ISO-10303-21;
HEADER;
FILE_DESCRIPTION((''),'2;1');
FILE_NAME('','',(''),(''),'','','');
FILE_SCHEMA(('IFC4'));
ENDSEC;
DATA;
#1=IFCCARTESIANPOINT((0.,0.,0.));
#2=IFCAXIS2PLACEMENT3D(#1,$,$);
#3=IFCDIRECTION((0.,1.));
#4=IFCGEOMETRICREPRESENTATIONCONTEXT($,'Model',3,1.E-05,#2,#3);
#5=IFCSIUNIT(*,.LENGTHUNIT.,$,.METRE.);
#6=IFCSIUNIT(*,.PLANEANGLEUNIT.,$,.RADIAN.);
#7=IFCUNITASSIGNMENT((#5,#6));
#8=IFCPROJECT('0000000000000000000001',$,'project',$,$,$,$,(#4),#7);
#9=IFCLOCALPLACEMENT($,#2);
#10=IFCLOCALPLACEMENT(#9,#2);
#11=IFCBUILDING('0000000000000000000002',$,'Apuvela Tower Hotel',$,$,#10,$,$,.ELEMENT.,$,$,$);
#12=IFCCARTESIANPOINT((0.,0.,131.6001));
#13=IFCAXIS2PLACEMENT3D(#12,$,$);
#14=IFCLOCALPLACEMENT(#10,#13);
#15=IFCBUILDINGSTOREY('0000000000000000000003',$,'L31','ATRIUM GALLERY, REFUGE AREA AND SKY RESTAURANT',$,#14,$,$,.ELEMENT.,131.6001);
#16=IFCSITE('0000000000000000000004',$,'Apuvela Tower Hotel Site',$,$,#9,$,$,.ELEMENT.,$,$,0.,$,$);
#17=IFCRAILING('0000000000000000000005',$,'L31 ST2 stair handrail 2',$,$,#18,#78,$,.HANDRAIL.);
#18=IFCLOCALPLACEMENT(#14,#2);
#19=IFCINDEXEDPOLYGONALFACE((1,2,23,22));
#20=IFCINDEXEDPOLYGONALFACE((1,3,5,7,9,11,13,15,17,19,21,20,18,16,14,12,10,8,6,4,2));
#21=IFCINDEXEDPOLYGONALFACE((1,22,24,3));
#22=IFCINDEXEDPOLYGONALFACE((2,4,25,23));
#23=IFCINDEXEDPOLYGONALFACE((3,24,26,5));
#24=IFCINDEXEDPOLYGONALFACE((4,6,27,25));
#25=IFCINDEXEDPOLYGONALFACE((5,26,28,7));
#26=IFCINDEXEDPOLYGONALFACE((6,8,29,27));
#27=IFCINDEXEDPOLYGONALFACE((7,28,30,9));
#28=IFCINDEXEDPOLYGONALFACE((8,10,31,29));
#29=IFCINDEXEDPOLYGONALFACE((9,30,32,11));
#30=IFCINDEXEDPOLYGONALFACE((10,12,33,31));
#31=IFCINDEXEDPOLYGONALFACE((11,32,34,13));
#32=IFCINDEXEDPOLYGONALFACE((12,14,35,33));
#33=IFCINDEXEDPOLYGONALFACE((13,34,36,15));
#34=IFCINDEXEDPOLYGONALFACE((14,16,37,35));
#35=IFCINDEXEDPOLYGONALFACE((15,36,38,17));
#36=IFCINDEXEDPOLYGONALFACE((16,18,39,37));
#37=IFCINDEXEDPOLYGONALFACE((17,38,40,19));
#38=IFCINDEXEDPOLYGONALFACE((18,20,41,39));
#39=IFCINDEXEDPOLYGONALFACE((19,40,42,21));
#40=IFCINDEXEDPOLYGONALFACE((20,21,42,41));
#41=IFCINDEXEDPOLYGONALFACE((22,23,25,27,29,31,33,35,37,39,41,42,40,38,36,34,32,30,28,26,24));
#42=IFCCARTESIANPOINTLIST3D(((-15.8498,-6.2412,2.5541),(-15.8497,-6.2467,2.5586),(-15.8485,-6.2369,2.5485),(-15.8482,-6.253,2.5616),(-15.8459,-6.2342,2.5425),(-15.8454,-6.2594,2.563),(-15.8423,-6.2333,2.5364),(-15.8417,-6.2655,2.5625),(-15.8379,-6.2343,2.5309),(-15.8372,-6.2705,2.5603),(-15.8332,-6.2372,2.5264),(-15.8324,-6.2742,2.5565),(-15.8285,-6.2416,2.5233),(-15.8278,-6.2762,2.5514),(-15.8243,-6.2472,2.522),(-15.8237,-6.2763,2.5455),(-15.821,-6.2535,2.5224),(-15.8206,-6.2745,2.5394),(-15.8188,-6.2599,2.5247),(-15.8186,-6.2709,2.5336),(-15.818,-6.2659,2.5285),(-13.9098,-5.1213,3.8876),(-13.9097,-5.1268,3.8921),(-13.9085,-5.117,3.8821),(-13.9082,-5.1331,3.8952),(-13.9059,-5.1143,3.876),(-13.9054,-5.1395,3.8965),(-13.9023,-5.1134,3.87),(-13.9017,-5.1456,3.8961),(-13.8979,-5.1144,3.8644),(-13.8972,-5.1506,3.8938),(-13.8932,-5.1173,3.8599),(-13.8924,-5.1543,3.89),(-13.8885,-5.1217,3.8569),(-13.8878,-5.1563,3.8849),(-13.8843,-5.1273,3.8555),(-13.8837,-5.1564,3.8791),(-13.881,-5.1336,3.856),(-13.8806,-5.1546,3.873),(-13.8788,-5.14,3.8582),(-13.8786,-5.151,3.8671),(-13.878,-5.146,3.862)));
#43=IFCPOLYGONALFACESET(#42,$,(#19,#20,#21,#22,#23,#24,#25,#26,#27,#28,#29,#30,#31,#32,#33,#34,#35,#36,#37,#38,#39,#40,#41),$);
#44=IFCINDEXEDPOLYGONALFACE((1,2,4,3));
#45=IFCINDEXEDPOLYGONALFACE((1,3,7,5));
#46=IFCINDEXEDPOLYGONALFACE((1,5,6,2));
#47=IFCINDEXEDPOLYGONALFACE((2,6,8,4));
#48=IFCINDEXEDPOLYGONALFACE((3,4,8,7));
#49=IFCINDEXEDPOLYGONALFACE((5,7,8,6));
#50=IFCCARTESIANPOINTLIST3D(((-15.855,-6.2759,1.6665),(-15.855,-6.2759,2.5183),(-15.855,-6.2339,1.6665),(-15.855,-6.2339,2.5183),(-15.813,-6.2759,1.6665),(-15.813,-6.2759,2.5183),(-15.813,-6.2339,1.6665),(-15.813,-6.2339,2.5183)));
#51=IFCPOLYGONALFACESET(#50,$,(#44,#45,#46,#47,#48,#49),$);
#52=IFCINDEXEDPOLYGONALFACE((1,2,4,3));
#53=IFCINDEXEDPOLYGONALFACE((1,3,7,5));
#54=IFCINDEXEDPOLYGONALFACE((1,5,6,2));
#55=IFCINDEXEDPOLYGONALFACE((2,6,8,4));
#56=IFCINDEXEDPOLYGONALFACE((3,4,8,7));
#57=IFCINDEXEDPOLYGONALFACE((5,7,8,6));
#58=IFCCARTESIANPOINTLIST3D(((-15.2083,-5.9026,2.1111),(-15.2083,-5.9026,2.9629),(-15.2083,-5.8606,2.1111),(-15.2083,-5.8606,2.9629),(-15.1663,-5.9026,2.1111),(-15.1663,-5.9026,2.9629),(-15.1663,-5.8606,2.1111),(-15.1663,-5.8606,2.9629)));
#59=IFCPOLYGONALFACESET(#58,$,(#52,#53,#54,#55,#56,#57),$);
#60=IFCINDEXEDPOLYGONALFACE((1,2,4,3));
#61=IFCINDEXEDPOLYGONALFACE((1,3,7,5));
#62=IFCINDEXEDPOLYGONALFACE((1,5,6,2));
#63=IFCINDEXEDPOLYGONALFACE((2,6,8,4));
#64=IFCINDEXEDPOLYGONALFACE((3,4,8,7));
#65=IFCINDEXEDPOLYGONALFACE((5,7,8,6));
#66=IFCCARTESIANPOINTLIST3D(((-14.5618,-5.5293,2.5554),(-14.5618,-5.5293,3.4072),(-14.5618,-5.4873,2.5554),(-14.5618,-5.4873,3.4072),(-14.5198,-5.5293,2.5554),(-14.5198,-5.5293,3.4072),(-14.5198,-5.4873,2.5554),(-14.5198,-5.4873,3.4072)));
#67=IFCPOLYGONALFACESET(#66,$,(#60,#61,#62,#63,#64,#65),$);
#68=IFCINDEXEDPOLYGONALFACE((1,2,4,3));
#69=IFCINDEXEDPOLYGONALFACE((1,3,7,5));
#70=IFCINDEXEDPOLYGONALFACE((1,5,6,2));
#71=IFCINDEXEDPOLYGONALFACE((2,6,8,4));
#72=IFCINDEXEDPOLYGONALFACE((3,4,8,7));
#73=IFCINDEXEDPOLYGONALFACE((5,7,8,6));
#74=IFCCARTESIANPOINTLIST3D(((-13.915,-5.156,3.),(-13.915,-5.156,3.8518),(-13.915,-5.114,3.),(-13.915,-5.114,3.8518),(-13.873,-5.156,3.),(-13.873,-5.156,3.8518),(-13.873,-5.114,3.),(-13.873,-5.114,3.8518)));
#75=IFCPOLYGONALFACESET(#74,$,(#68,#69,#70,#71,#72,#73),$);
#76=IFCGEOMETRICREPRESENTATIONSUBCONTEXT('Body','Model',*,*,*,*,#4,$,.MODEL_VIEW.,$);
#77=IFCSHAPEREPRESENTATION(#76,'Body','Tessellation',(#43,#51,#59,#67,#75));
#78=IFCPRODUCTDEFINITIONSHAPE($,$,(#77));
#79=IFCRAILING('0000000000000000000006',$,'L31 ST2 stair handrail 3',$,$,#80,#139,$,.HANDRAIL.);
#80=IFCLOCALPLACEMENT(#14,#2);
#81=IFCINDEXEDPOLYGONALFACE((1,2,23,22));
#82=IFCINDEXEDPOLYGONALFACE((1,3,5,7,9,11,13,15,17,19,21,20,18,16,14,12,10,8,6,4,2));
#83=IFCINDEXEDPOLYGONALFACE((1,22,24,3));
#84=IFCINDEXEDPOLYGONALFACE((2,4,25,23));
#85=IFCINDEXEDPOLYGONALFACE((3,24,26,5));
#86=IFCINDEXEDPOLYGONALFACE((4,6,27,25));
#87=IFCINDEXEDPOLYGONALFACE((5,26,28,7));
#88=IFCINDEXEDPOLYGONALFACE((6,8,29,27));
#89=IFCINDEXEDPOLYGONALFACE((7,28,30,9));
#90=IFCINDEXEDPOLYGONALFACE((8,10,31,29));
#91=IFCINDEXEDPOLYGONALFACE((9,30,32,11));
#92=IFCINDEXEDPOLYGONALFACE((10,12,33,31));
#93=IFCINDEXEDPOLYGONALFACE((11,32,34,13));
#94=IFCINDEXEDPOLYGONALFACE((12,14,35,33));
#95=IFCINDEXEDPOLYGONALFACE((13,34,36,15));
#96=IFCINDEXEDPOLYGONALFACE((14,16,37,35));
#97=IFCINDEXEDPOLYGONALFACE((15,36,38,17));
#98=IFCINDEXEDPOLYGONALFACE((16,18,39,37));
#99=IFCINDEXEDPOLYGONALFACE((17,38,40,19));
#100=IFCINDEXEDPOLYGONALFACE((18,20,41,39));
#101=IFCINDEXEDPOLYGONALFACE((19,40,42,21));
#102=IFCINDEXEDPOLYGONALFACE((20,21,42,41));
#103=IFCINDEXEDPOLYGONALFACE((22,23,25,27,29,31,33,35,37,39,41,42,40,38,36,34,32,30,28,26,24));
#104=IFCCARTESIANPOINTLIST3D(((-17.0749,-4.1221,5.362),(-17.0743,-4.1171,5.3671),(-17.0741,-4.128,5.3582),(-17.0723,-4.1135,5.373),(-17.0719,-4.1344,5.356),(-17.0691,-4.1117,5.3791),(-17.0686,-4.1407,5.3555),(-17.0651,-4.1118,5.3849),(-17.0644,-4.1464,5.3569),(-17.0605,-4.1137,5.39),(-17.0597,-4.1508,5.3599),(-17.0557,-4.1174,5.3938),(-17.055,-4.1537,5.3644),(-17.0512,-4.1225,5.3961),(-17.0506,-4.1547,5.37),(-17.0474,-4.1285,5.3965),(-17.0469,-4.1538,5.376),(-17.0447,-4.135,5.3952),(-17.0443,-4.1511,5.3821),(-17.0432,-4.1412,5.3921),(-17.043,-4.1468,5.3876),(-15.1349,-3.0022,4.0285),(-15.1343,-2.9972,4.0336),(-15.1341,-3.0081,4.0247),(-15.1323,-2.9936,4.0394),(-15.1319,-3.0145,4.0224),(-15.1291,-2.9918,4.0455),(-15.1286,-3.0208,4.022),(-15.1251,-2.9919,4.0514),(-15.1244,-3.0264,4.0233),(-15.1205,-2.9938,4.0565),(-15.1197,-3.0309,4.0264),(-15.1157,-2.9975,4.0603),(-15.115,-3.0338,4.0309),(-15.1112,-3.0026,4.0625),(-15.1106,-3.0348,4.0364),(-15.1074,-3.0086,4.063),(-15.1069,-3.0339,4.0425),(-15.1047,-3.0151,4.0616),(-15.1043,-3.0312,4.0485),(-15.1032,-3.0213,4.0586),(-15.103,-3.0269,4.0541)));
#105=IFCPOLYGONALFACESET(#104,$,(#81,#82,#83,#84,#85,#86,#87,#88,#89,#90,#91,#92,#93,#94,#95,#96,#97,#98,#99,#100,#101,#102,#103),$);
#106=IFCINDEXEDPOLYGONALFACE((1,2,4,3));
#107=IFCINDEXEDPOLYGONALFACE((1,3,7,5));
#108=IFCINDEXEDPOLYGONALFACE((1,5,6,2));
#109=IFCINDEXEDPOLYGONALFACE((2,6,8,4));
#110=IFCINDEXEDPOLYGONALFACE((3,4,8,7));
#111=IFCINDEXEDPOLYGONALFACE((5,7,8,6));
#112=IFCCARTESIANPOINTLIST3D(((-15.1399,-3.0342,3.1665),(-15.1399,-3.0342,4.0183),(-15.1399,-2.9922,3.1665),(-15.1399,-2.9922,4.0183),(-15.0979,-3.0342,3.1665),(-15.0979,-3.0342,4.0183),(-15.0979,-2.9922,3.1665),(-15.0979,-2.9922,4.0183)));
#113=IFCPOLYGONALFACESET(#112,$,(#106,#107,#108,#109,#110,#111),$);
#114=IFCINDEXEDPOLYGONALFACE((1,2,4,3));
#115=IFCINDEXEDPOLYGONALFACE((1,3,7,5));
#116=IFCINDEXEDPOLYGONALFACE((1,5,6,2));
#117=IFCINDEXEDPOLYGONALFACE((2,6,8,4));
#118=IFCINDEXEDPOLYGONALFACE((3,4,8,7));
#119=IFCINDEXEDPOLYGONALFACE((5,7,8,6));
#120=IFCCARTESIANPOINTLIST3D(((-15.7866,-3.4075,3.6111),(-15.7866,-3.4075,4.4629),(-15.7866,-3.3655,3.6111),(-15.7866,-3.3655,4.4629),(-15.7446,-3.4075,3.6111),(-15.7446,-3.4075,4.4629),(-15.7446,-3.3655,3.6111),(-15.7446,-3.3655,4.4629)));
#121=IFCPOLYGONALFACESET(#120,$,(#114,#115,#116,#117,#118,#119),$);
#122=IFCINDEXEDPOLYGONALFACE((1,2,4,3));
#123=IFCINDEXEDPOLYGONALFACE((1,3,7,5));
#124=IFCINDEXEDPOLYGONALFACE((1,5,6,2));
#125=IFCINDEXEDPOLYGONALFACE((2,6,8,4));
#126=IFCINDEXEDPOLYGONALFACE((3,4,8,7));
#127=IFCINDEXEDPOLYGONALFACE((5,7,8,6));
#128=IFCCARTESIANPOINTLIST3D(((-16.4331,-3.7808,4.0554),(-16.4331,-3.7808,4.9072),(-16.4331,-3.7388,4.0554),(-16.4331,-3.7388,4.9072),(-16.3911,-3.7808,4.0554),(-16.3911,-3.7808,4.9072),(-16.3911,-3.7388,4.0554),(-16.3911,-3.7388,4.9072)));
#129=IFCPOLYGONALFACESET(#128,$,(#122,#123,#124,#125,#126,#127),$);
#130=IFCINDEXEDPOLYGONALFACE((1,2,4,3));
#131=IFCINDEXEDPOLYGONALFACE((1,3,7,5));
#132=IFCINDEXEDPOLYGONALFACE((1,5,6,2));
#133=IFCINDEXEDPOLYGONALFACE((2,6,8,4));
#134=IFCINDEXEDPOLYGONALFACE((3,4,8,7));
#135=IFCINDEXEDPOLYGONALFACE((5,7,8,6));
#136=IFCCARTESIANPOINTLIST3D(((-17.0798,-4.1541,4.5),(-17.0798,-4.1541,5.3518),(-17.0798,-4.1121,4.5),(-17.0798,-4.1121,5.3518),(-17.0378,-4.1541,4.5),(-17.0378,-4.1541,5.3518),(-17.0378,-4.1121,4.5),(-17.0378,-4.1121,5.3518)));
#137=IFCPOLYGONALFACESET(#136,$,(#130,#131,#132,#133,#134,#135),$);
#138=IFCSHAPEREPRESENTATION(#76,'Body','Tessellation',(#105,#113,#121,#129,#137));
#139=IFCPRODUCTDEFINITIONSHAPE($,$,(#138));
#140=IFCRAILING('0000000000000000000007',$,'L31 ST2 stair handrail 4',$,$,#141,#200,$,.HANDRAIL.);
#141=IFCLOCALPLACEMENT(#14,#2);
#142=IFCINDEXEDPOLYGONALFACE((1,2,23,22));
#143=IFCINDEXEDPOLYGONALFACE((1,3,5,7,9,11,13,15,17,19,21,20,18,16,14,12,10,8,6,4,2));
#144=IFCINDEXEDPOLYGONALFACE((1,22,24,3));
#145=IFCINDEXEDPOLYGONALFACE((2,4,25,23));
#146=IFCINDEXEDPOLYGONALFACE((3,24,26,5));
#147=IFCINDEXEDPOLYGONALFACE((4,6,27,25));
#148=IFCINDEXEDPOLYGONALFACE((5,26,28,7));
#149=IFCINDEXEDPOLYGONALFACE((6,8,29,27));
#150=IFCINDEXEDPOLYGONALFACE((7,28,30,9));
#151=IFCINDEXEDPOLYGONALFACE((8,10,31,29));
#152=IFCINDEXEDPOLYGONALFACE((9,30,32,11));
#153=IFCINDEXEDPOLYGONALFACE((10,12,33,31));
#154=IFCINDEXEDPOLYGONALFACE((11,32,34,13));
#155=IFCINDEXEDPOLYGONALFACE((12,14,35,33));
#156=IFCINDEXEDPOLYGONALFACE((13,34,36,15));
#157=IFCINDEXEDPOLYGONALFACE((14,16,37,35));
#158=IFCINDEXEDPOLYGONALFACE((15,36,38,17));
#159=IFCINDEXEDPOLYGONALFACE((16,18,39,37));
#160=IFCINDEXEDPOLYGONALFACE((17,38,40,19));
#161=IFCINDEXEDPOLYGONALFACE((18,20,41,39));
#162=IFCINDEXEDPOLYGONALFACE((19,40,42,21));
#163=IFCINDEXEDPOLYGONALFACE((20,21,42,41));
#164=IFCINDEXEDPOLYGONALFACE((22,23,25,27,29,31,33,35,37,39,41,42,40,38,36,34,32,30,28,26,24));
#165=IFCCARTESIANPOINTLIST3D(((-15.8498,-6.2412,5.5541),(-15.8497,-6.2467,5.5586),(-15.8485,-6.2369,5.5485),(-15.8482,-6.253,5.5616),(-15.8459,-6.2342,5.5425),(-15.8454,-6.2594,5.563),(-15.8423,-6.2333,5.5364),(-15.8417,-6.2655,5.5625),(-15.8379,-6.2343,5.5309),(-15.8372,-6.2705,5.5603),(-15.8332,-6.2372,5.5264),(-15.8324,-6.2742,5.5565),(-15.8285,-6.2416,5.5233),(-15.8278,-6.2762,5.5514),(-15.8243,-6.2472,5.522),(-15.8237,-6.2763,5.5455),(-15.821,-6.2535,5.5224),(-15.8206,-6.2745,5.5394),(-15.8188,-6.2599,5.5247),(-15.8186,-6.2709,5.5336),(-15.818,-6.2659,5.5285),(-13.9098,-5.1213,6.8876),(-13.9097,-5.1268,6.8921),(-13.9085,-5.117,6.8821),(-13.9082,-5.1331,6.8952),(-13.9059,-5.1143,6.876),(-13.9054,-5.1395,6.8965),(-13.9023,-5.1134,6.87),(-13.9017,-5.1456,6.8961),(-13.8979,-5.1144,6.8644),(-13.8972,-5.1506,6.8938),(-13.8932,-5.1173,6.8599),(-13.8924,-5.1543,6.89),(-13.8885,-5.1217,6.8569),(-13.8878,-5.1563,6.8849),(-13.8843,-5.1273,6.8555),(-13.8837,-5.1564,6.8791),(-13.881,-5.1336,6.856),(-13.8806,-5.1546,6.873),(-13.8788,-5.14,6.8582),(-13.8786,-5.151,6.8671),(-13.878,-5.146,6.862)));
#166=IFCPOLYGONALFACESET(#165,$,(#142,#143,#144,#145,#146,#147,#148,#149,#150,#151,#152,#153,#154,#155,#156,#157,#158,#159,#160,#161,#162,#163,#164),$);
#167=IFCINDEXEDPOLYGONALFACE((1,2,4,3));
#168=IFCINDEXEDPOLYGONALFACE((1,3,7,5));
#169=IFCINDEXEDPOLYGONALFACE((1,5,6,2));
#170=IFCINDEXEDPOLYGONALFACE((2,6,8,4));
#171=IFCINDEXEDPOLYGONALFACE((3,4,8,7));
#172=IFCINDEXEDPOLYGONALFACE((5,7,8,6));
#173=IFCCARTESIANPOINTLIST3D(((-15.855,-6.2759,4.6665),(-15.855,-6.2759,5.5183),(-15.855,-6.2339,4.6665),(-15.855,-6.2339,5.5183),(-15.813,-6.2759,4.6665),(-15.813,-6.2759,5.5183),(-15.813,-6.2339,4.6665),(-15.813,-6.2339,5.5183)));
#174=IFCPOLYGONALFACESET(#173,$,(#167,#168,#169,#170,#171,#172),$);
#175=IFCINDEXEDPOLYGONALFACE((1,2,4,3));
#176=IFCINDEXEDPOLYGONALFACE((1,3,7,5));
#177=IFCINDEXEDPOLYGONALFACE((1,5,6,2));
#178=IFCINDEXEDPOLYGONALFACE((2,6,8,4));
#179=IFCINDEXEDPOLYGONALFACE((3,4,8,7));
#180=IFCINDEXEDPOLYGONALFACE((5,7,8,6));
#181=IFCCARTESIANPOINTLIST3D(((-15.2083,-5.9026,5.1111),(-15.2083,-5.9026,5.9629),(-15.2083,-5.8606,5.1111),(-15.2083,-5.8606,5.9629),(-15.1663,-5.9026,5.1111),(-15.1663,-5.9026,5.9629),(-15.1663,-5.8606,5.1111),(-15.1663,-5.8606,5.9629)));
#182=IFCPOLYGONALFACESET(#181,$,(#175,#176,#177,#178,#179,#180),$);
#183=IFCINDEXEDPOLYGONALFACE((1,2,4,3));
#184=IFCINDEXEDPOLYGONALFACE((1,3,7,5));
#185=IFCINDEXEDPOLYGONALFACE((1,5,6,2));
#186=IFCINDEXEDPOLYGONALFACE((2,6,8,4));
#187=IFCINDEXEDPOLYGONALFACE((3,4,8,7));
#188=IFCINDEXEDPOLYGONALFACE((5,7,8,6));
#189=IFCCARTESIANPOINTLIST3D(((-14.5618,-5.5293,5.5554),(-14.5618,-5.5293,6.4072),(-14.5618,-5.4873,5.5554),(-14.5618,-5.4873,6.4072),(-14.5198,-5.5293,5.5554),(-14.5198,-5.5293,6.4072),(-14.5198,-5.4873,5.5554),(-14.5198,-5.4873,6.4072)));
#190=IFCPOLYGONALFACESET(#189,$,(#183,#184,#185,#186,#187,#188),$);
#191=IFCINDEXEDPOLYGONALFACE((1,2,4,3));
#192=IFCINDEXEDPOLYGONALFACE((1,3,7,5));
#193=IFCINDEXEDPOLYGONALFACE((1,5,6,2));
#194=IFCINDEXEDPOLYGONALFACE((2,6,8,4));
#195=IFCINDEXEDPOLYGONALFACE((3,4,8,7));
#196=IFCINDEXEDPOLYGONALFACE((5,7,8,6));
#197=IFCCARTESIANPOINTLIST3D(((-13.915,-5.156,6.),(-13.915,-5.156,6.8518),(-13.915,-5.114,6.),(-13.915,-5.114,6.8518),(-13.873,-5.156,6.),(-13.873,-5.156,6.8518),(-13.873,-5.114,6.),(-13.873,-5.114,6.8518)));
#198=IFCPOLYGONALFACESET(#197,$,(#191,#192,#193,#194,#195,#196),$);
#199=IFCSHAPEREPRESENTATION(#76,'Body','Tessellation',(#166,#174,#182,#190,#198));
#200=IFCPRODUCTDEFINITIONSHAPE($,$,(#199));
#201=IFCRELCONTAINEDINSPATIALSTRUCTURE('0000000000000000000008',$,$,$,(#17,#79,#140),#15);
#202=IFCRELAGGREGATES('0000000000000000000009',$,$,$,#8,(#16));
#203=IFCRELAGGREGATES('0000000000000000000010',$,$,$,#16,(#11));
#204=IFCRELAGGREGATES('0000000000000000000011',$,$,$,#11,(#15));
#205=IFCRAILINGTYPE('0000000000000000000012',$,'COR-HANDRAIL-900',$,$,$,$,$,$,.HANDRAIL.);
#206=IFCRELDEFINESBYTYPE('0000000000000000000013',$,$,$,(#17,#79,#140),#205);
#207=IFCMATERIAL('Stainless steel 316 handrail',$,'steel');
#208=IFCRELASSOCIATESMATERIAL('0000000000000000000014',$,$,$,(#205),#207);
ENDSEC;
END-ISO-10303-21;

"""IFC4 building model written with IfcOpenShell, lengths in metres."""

from ifc_helpers import new_model, si_unit, direction, frame, origin, origin_2d, place, context, subcontext, project, spatial, rectangle, circle, extrude, material, type_object, element, save


model = new_model("IFC4")

# Units and contexts
model_context = context("Model", 3, precision=1e-05, world=origin(), true_north=direction((0.0, 1.0)))
body_context = subcontext(model_context, "Body", "Model", "MODEL_VIEW")
ifc_project = project(units=[si_unit("LENGTHUNIT", "METRE"), si_unit("PLANEANGLEUNIT", "RADIAN")], contexts=[model_context])

# Site, building, storey
site_placement = place(None, origin())
site = spatial("IfcSite", under=ifc_project, at=site_placement, Name="Apuvela Tower Hotel Site", CompositionType="ELEMENT", RefElevation=0.0)
building_placement = place(site_placement, origin())
building = spatial("IfcBuilding", under=site, at=building_placement, Name="Apuvela Tower Hotel", CompositionType="ELEMENT")
storey_placement = place(building_placement, frame((0.0, 0.0, 131.6001)))
storey = spatial("IfcBuildingStorey", under=building, at=storey_placement, Name="L31", Description="ATRIUM GALLERY, REFUGE AREA AND SKY RESTAURANT", CompositionType="ELEMENT", Elevation=131.6001)

# Railings
ifc_material_1 = material(Name="Stainless steel 316 handrail", Category="steel")
railing_type_1 = type_object("IfcRailingType", Name="COR-HANDRAIL-900", PredefinedType="HANDRAIL", material=ifc_material_1)
railing_1_placement = place(storey_placement, frame((-15.834, -6.2549, 1.6665)))
element("IfcRailing", 1, at=railing_1_placement, inside=storey, type_object=railing_type_1, Name="L31 ST2 stair handrail 2", PredefinedType="HANDRAIL", context=body_context, shape_type="SweptSolid", body=[
    extrude(circle(Radius=0.0239, at=origin_2d()), frame((0.0, 0.0, 0.876), z_axis=(0.744169, 0.429588, 0.511534), x_axis=(-0.499949, 0.866055, 0.0)), (0.0, 0.0, 1.0), 2.6069),
    extrude(rectangle(XDim=0.042, YDim=0.042, at=origin_2d()), origin(), (0.0, 0.0, 1.0), 0.8518),
    extrude(rectangle(XDim=0.042, YDim=0.042, at=origin_2d()), frame((0.6467, 0.3733, 0.4446)), (0.0, 0.0, 1.0), 0.8518),
    extrude(rectangle(XDim=0.042, YDim=0.042, at=origin_2d()), frame((1.2932, 0.7466, 0.8889)), (0.0, 0.0, 1.0), 0.8518),
    extrude(rectangle(XDim=0.042, YDim=0.042, at=origin_2d()), frame((1.9399, 1.1199, 1.3335)), (0.0, 0.0, 1.0), 0.8518),
])
railing_2_placement = place(storey_placement, frame((-15.1189, -3.0132, 3.1665)))
element("IfcRailing", 2, at=railing_2_placement, inside=storey, type_object=railing_type_1, Name="L31 ST2 stair handrail 3", PredefinedType="HANDRAIL", context=body_context, shape_type="SweptSolid", body=[
    extrude(circle(Radius=0.0239, at=origin_2d()), frame((0.0, 0.0, 0.876), z_axis=(-0.744169, -0.429588, 0.511534), x_axis=(0.499949, -0.866055, 0.0)), (0.0, 0.0, 1.0), 2.6069),
    extrude(rectangle(XDim=0.042, YDim=0.042, at=origin_2d()), origin(), (0.0, 0.0, 1.0), 0.8518),
    extrude(rectangle(XDim=0.042, YDim=0.042, at=origin_2d()), frame((-0.6467, -0.3733, 0.4446)), (0.0, 0.0, 1.0), 0.8518),
    extrude(rectangle(XDim=0.042, YDim=0.042, at=origin_2d()), frame((-1.2932, -0.7466, 0.8889)), (0.0, 0.0, 1.0), 0.8518),
    extrude(rectangle(XDim=0.042, YDim=0.042, at=origin_2d()), frame((-1.9399, -1.1199, 1.3335)), (0.0, 0.0, 1.0), 0.8518),
])
railing_3_placement = place(storey_placement, frame((-15.834, -6.2549, 4.6665)))
element("IfcRailing", 3, at=railing_3_placement, inside=storey, type_object=railing_type_1, Name="L31 ST2 stair handrail 4", PredefinedType="HANDRAIL", context=body_context, shape_type="SweptSolid", body=[
    extrude(circle(Radius=0.0239, at=origin_2d()), frame((0.0, 0.0, 0.876), z_axis=(0.744169, 0.429588, 0.511534), x_axis=(-0.499949, 0.866055, 0.0)), (0.0, 0.0, 1.0), 2.6069),
    extrude(rectangle(XDim=0.042, YDim=0.042, at=origin_2d()), origin(), (0.0, 0.0, 1.0), 0.8518),
    extrude(rectangle(XDim=0.042, YDim=0.042, at=origin_2d()), frame((0.6467, 0.3733, 0.4446)), (0.0, 0.0, 1.0), 0.8518),
    extrude(rectangle(XDim=0.042, YDim=0.042, at=origin_2d()), frame((1.2932, 0.7466, 0.8889)), (0.0, 0.0, 1.0), 0.8518),
    extrude(rectangle(XDim=0.042, YDim=0.042, at=origin_2d()), frame((1.9399, 1.1199, 1.3335)), (0.0, 0.0, 1.0), 0.8518),
])

save(model, "model.ifc")
